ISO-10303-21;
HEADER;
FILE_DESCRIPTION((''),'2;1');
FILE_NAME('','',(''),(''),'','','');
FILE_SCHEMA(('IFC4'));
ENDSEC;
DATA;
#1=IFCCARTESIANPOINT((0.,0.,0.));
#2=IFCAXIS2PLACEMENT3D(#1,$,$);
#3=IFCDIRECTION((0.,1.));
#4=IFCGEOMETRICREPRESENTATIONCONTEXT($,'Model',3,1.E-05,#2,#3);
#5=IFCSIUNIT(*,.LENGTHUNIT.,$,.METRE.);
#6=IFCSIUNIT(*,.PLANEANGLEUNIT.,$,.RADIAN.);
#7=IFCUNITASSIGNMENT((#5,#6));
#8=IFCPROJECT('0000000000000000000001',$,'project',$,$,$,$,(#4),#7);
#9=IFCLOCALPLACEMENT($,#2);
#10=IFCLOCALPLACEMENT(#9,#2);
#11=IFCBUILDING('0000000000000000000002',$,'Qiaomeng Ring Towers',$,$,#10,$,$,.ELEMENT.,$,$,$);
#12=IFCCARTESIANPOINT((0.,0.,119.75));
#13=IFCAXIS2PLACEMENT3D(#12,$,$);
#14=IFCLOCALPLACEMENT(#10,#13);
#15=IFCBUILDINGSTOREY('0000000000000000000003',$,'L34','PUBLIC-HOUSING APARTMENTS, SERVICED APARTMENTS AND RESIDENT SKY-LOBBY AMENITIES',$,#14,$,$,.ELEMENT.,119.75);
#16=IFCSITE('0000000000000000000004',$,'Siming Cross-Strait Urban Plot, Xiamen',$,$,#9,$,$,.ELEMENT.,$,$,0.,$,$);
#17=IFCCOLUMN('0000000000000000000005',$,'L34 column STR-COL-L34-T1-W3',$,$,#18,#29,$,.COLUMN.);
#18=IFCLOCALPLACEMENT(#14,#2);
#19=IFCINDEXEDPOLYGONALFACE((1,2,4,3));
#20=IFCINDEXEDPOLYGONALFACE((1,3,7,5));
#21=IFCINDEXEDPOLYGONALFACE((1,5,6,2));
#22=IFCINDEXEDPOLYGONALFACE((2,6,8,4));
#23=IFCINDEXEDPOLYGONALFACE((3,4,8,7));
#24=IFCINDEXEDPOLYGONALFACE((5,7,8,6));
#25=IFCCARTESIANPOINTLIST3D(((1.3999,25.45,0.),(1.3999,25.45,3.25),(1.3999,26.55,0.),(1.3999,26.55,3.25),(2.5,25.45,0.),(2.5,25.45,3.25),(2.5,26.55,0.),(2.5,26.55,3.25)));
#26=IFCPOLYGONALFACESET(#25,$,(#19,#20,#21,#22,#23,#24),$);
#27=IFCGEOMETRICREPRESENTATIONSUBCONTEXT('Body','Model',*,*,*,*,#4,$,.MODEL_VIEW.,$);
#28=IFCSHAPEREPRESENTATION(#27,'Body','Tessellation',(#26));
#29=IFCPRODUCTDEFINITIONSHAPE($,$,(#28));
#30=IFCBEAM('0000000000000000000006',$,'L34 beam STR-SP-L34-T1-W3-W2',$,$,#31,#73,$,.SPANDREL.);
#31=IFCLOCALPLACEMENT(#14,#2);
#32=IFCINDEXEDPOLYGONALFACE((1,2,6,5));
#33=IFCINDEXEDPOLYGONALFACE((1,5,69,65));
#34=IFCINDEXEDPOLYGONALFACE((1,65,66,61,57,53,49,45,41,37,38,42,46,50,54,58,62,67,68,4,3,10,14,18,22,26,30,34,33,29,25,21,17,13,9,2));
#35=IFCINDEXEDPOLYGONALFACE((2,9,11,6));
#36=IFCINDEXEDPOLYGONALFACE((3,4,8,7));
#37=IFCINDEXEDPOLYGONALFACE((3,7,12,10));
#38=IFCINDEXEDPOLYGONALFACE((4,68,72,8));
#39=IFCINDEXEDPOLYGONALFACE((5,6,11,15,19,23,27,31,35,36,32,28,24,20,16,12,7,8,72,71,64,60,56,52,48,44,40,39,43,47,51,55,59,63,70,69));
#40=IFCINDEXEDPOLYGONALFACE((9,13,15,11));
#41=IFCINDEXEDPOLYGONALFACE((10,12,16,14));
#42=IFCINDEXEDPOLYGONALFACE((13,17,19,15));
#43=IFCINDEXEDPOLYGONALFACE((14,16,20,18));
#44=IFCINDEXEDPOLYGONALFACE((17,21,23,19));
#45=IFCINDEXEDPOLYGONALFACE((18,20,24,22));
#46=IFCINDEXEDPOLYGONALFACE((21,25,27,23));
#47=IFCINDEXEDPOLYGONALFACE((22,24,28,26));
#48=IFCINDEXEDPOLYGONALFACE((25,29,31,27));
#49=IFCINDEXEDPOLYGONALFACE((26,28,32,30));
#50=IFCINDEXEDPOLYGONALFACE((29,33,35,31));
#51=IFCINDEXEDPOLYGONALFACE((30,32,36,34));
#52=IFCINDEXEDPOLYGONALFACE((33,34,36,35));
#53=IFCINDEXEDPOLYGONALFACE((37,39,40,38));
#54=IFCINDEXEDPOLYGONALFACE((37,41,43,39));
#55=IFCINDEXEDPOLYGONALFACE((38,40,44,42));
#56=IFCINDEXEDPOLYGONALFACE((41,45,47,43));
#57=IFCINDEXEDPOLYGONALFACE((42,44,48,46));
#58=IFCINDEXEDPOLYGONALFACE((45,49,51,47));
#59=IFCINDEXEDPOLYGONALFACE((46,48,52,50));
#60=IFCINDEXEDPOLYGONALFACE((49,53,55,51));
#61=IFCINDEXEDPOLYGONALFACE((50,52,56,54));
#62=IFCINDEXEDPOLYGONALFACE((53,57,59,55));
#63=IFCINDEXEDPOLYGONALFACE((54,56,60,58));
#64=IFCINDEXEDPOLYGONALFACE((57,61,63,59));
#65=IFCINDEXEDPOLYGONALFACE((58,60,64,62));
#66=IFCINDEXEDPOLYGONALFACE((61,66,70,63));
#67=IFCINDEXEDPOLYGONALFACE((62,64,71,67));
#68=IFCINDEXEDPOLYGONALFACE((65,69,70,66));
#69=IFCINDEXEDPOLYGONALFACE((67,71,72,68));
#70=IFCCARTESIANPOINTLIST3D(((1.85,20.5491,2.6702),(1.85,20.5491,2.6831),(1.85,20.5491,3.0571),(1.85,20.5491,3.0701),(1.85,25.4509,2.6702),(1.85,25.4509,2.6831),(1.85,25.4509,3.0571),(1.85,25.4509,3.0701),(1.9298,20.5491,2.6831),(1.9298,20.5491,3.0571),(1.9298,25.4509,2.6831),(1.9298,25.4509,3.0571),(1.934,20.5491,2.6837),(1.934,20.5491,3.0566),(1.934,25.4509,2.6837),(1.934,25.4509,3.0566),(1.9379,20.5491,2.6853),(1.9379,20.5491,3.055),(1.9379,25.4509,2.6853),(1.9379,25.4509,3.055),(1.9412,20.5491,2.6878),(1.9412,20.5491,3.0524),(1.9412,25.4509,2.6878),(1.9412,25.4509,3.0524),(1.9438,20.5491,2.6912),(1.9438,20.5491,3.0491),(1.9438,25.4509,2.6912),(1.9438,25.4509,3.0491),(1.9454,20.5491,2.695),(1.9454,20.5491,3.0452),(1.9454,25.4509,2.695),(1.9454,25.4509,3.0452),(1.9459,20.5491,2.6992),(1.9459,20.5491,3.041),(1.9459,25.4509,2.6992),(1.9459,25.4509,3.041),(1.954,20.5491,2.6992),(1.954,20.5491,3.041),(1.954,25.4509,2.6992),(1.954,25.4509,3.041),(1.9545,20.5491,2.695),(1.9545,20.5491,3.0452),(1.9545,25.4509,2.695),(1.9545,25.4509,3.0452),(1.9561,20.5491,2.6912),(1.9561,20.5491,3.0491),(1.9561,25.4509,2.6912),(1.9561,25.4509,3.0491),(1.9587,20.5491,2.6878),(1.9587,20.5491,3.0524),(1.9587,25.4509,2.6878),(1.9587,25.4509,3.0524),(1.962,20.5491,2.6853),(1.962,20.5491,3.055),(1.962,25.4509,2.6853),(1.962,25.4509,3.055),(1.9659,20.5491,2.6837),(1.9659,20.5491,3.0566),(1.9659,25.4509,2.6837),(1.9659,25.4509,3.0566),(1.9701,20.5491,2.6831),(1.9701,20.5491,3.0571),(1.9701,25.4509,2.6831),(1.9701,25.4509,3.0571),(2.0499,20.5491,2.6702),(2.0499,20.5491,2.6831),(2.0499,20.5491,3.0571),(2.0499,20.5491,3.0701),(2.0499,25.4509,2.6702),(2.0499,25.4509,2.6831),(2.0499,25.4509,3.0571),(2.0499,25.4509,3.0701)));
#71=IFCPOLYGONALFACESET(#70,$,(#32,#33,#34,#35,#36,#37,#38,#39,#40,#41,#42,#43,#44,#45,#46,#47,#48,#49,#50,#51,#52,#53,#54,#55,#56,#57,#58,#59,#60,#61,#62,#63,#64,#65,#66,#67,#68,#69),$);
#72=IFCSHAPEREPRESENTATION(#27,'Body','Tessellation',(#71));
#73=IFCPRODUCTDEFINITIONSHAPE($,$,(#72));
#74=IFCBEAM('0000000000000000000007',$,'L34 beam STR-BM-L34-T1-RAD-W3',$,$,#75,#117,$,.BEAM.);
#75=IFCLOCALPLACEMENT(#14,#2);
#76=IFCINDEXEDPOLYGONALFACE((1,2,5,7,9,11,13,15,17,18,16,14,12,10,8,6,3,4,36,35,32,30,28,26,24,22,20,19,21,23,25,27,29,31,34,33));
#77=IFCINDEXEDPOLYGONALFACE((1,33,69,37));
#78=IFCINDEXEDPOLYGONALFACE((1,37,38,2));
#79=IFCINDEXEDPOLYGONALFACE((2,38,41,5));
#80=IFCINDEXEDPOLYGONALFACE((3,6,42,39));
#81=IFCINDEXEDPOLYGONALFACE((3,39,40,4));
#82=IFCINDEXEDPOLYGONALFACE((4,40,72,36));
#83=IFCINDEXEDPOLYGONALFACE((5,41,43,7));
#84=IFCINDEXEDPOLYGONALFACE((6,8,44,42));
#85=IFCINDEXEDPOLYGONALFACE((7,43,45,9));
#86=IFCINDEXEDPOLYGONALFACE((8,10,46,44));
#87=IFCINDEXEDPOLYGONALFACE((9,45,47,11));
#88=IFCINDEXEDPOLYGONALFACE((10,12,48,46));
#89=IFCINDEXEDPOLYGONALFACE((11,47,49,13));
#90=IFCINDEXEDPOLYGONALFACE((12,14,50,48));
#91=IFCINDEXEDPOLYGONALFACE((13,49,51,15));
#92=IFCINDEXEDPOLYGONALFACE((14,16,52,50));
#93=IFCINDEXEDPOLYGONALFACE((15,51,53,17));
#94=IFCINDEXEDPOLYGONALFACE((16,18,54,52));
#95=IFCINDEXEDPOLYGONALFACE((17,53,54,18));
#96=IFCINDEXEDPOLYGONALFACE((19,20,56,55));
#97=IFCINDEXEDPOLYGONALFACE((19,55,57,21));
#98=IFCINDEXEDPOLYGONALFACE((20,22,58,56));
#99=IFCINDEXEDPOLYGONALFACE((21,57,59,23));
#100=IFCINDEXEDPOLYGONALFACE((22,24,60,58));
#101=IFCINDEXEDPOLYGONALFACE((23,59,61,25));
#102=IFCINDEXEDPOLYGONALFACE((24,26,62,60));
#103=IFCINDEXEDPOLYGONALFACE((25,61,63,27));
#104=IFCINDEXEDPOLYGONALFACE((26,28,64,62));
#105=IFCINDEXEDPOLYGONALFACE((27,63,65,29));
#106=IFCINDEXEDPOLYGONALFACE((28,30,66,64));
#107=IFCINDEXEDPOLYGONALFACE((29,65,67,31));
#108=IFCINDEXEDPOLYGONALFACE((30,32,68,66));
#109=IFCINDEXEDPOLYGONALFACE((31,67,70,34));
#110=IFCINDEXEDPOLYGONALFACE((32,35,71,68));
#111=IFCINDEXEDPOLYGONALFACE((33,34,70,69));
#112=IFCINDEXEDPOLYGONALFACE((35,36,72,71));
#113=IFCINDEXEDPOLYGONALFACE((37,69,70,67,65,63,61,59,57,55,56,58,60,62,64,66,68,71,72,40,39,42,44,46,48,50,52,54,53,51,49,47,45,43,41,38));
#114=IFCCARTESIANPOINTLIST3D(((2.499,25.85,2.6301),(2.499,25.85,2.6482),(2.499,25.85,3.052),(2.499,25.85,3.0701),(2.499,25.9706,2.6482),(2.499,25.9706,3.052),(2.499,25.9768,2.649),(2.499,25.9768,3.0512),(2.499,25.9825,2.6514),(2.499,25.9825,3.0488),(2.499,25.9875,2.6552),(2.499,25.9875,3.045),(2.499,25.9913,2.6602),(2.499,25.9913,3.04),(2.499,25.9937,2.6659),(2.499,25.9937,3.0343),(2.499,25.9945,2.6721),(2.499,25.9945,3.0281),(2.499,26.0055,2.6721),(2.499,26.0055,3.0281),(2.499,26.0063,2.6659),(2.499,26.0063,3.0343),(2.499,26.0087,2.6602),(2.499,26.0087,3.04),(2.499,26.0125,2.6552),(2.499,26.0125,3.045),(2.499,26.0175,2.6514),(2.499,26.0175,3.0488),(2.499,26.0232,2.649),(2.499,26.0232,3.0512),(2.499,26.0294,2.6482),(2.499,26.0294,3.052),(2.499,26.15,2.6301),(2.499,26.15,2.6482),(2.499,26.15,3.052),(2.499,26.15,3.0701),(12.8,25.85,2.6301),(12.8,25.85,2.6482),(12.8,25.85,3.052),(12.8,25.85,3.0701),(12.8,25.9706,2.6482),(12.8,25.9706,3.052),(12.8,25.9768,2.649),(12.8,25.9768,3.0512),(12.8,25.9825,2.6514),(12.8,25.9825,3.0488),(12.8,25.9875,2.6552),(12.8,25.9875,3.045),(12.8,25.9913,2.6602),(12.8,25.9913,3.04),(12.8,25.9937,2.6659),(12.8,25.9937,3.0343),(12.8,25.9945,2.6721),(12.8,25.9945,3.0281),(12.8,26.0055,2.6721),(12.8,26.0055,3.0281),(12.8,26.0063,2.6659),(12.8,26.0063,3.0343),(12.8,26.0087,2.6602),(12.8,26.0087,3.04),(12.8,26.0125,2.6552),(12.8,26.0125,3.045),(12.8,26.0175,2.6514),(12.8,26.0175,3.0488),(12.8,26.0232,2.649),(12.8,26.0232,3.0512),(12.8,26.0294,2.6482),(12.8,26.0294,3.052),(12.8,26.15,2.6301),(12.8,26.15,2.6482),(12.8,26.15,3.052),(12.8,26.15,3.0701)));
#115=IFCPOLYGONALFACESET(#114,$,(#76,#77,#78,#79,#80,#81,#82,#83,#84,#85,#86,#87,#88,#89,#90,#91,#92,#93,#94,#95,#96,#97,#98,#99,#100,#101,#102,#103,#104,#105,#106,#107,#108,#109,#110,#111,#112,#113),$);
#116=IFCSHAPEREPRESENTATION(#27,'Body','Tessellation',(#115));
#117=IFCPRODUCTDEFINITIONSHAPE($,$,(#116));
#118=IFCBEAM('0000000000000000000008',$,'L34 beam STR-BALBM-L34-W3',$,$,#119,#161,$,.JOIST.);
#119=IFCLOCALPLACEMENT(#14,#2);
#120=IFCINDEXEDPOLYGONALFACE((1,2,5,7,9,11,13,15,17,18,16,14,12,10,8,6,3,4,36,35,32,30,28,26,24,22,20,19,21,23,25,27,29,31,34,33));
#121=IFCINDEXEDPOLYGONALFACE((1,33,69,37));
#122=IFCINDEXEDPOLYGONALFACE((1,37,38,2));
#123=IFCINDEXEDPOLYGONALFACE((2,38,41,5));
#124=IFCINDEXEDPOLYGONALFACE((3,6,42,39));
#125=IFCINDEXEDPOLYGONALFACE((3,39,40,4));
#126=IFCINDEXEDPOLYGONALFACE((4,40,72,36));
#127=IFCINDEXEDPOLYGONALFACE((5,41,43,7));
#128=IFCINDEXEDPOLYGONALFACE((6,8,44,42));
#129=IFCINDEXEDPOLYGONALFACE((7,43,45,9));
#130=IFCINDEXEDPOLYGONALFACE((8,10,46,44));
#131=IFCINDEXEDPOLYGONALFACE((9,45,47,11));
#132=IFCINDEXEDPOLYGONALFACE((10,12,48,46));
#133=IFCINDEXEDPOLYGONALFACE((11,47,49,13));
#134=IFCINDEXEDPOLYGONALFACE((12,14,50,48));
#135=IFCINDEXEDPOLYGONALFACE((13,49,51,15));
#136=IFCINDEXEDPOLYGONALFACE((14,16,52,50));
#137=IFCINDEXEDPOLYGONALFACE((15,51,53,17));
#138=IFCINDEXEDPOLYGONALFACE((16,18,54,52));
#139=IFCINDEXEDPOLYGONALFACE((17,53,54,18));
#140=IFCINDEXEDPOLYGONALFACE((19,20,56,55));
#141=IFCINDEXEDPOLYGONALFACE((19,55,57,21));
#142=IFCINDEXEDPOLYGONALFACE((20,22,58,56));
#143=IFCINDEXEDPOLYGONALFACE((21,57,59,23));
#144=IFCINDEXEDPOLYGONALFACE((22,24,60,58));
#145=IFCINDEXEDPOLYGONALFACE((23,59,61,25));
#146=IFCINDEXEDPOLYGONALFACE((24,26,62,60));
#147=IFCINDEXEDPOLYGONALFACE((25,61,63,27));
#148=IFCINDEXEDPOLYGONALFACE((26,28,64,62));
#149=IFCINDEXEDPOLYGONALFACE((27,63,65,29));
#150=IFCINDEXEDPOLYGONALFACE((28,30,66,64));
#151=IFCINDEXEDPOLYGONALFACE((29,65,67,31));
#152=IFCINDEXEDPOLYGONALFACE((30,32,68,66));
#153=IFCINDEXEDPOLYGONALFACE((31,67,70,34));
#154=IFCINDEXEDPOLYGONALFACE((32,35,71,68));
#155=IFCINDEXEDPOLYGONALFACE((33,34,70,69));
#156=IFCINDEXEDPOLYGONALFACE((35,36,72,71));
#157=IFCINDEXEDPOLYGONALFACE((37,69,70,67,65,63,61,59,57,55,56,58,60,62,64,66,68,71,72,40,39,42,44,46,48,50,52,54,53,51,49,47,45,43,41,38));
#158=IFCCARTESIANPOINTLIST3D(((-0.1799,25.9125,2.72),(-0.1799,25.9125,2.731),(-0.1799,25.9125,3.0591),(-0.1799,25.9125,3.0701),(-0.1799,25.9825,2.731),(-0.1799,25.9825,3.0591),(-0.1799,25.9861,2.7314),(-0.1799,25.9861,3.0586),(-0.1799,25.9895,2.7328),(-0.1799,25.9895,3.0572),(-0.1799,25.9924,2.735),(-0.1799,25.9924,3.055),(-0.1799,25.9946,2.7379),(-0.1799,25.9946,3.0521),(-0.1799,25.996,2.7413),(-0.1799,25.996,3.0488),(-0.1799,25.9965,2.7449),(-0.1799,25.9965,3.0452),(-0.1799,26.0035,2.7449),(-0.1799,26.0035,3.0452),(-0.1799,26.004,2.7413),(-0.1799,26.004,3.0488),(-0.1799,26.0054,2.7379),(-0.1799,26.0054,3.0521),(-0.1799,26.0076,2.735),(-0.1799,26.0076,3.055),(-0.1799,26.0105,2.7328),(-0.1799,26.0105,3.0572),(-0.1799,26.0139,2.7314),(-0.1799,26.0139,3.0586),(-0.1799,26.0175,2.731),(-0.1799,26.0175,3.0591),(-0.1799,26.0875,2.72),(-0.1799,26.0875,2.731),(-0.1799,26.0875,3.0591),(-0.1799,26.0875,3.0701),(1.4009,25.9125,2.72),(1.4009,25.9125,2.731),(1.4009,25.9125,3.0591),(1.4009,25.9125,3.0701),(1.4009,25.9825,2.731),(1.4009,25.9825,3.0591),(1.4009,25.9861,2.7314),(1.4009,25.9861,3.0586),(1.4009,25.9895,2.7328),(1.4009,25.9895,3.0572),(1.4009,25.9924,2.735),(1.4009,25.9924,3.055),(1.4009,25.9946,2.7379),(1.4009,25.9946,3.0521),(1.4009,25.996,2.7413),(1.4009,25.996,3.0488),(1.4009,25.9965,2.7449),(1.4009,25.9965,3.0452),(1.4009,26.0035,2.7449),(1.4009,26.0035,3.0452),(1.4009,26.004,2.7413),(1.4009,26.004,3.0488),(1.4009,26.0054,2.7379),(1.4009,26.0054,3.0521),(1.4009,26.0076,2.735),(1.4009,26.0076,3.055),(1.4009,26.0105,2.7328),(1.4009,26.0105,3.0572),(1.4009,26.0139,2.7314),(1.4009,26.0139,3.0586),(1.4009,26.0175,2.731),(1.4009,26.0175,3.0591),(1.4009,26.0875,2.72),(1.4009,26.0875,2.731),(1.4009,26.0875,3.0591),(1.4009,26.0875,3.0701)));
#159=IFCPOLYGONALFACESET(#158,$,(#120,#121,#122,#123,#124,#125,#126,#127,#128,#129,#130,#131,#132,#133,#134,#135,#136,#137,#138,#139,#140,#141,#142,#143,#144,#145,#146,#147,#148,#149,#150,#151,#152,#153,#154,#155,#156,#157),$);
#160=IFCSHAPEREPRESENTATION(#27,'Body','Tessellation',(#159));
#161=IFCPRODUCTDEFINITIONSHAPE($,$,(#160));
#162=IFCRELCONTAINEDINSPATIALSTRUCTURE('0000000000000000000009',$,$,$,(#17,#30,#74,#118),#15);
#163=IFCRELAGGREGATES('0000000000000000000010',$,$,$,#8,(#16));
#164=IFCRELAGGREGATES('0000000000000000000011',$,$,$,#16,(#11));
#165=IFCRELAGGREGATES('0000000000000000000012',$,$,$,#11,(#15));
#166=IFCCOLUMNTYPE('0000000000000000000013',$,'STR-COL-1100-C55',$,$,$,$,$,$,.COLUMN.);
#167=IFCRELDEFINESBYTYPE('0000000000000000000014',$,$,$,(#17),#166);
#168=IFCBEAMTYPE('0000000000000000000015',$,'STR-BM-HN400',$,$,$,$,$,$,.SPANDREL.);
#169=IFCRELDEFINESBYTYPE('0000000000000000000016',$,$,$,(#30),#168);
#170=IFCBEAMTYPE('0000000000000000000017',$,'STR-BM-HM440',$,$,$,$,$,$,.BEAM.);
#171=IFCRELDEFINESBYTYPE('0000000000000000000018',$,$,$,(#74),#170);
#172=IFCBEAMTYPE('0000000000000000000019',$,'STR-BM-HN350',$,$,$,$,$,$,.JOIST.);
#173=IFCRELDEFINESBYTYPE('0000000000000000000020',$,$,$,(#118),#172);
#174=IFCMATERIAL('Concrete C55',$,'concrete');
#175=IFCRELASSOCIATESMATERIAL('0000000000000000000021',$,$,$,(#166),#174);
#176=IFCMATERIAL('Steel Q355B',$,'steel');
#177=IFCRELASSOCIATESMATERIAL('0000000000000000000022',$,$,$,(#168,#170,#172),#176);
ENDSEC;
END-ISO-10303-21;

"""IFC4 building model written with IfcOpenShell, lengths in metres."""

from ifc_helpers import new_model, si_unit, direction, frame, origin, origin_2d, place, context, subcontext, project, spatial, rectangle, i_section, extrude, source, transform, mapped, material, material_profile, profile_set, type_object, element, save


model = new_model("IFC4")

# Units and contexts
model_context = context("Model", 3, precision=1e-05, world=origin(), true_north=direction((0.0, 1.0)))
body_context = subcontext(model_context, "Body", "Model", "MODEL_VIEW")
ifc_project = project(units=[si_unit("LENGTHUNIT", "METRE"), si_unit("PLANEANGLEUNIT", "RADIAN")], contexts=[model_context])

# Site, building, storey
site_placement = place(None, origin())
site = spatial("IfcSite", under=ifc_project, at=site_placement, Name="Siming Cross-Strait Urban Plot, Xiamen", CompositionType="ELEMENT", RefElevation=0.0)
building_placement = place(site_placement, origin())
building = spatial("IfcBuilding", under=site, at=building_placement, Name="Qiaomeng Ring Towers", CompositionType="ELEMENT")
storey_placement = place(building_placement, frame((0.0, 0.0, 119.75)))
storey = spatial("IfcBuildingStorey", under=building, at=storey_placement, Name="L34", Description="PUBLIC-HOUSING APARTMENTS, SERVICED APARTMENTS AND RESIDENT SKY-LOBBY AMENITIES", CompositionType="ELEMENT", Elevation=119.75)

# Column
ifc_material_1 = material(Name="Concrete C55", Category="concrete")
ifc_material_profile_1 = material_profile(ifc_material_1, rectangle(XDim=1.1001, YDim=1.1001, at=origin_2d()), Name="RC COL 1100x1100")
ifc_profile_set_1 = profile_set([ifc_material_profile_1], Name="Concrete C55")
column_type = type_object("IfcColumnType", Name="STR-COL-1100-C55", PredefinedType="COLUMN", material=ifc_profile_set_1)
shared_shape_1 = source(origin(), body_context, "Body", "SweptSolid", [
    extrude(rectangle(XDim=1.1001, YDim=1.1001, at=origin_2d()), origin(), (0.0, 0.0, 1.0), 3.25),
])
column_placement = place(storey_placement, frame((1.95, 26.0, 0.0), z_axis=(0.0, 0.0, 1.0), x_axis=(1.0, 0.0, 0.0)))
element("IfcColumn", 1, at=column_placement, inside=storey, type_object=column_type, Name="L34 column STR-COL-L34-T1-W3", PredefinedType="COLUMN", context=body_context, shape_type="MappedRepresentation", body=[
    mapped(shared_shape_1, transform((0.0, 0.0, 0.0), x_axis=(1.0, 0.0, 0.0), y_axis=(0.0, 1.0, 0.0), z_axis=(0.0, 0.0, 1.0), scale=1.0)),
])

# Beams
ifc_material_2 = material(Name="Steel Q355B", Category="steel")
ifc_material_profile_2 = material_profile(ifc_material_2, i_section(OverallWidth=0.2, OverallDepth=0.3999, WebThickness=0.0081, FlangeThickness=0.0129, FilletRadius=0.0161, at=origin_2d()), Name="HN 400x200x8x13")
ifc_profile_set_2 = profile_set([ifc_material_profile_2], Name="Steel Q355B")
beam_type_1 = type_object("IfcBeamType", Name="STR-BM-HN400", PredefinedType="SPANDREL", material=ifc_profile_set_2)
shared_shape_2 = source(origin(), body_context, "Body", "SweptSolid", [
    extrude(i_section(OverallWidth=0.2, OverallDepth=0.3999, WebThickness=0.0081, FlangeThickness=0.0129, FilletRadius=0.0161, at=origin_2d()), origin(), (0.0, 0.0, 1.0), 4.9019),
])
beam_1_placement = place(storey_placement, frame((1.95, 25.4509, 2.8701), z_axis=(0.0, -1.0, 0.0), x_axis=(1.0, 0.0, 0.0)))
element("IfcBeam", 2, at=beam_1_placement, inside=storey, type_object=beam_type_1, Name="L34 beam STR-SP-L34-T1-W3-W2", PredefinedType="SPANDREL", context=body_context, shape_type="MappedRepresentation", body=[
    mapped(shared_shape_2, transform((0.0, 0.0, 0.0), x_axis=(1.0, 0.0, 0.0), y_axis=(0.0, 1.0, 0.0), z_axis=(0.0, 0.0, 1.0), scale=1.0)),
])
ifc_material_profile_3 = material_profile(ifc_material_2, i_section(OverallWidth=0.3, OverallDepth=0.4399, WebThickness=0.011, FlangeThickness=0.0181, FilletRadius=0.0239, at=origin_2d()), Name="HM 440x300x11x18")
ifc_profile_set_3 = profile_set([ifc_material_profile_3], Name="Steel Q355B")
beam_type_2 = type_object("IfcBeamType", Name="STR-BM-HM440", PredefinedType="BEAM", material=ifc_profile_set_3)
shared_shape_3 = source(origin(), body_context, "Body", "SweptSolid", [
    extrude(i_section(OverallWidth=0.3, OverallDepth=0.4399, WebThickness=0.011, FlangeThickness=0.0181, FilletRadius=0.0239, at=origin_2d()), origin(), (0.0, 0.0, 1.0), 10.301),
])
beam_2_placement = place(storey_placement, frame((2.499, 26.0, 2.8501), z_axis=(1.0, 0.0, 0.0), x_axis=(0.0, 1.0, 0.0)))
element("IfcBeam", 3, at=beam_2_placement, inside=storey, type_object=beam_type_2, Name="L34 beam STR-BM-L34-T1-RAD-W3", PredefinedType="BEAM", context=body_context, shape_type="MappedRepresentation", body=[
    mapped(shared_shape_3, transform((0.0, 0.0, 0.0), x_axis=(1.0, 0.0, 0.0), y_axis=(0.0, 1.0, 0.0), z_axis=(0.0, 0.0, 1.0), scale=1.0)),
])
ifc_material_profile_4 = material_profile(ifc_material_2, i_section(OverallWidth=0.175, OverallDepth=0.3501, WebThickness=0.0071, FlangeThickness=0.011, FilletRadius=0.0139, at=origin_2d()), Name="HN 350x175x7x11")
ifc_profile_set_4 = profile_set([ifc_material_profile_4], Name="Steel Q355B")
beam_type_3 = type_object("IfcBeamType", Name="STR-BM-HN350", PredefinedType="JOIST", material=ifc_profile_set_4)
shared_shape_4 = source(origin(), body_context, "Body", "SweptSolid", [
    extrude(i_section(OverallWidth=0.175, OverallDepth=0.3501, WebThickness=0.0071, FlangeThickness=0.011, FilletRadius=0.0139, at=origin_2d()), origin(), (0.0, 0.0, 1.0), 1.5808),
])
beam_3_placement = place(storey_placement, frame((-0.1799, 26.0, 2.895), z_axis=(1.0, 0.0, 0.0), x_axis=(0.0, 1.0, 0.0)))
element("IfcBeam", 4, at=beam_3_placement, inside=storey, type_object=beam_type_3, Name="L34 beam STR-BALBM-L34-W3", PredefinedType="JOIST", context=body_context, shape_type="MappedRepresentation", body=[
    mapped(shared_shape_4, transform((0.0, 0.0, 0.0), x_axis=(1.0, 0.0, 0.0), y_axis=(0.0, 1.0, 0.0), z_axis=(0.0, 0.0, 1.0), scale=1.0)),
])

save(model, "model.ifc")
